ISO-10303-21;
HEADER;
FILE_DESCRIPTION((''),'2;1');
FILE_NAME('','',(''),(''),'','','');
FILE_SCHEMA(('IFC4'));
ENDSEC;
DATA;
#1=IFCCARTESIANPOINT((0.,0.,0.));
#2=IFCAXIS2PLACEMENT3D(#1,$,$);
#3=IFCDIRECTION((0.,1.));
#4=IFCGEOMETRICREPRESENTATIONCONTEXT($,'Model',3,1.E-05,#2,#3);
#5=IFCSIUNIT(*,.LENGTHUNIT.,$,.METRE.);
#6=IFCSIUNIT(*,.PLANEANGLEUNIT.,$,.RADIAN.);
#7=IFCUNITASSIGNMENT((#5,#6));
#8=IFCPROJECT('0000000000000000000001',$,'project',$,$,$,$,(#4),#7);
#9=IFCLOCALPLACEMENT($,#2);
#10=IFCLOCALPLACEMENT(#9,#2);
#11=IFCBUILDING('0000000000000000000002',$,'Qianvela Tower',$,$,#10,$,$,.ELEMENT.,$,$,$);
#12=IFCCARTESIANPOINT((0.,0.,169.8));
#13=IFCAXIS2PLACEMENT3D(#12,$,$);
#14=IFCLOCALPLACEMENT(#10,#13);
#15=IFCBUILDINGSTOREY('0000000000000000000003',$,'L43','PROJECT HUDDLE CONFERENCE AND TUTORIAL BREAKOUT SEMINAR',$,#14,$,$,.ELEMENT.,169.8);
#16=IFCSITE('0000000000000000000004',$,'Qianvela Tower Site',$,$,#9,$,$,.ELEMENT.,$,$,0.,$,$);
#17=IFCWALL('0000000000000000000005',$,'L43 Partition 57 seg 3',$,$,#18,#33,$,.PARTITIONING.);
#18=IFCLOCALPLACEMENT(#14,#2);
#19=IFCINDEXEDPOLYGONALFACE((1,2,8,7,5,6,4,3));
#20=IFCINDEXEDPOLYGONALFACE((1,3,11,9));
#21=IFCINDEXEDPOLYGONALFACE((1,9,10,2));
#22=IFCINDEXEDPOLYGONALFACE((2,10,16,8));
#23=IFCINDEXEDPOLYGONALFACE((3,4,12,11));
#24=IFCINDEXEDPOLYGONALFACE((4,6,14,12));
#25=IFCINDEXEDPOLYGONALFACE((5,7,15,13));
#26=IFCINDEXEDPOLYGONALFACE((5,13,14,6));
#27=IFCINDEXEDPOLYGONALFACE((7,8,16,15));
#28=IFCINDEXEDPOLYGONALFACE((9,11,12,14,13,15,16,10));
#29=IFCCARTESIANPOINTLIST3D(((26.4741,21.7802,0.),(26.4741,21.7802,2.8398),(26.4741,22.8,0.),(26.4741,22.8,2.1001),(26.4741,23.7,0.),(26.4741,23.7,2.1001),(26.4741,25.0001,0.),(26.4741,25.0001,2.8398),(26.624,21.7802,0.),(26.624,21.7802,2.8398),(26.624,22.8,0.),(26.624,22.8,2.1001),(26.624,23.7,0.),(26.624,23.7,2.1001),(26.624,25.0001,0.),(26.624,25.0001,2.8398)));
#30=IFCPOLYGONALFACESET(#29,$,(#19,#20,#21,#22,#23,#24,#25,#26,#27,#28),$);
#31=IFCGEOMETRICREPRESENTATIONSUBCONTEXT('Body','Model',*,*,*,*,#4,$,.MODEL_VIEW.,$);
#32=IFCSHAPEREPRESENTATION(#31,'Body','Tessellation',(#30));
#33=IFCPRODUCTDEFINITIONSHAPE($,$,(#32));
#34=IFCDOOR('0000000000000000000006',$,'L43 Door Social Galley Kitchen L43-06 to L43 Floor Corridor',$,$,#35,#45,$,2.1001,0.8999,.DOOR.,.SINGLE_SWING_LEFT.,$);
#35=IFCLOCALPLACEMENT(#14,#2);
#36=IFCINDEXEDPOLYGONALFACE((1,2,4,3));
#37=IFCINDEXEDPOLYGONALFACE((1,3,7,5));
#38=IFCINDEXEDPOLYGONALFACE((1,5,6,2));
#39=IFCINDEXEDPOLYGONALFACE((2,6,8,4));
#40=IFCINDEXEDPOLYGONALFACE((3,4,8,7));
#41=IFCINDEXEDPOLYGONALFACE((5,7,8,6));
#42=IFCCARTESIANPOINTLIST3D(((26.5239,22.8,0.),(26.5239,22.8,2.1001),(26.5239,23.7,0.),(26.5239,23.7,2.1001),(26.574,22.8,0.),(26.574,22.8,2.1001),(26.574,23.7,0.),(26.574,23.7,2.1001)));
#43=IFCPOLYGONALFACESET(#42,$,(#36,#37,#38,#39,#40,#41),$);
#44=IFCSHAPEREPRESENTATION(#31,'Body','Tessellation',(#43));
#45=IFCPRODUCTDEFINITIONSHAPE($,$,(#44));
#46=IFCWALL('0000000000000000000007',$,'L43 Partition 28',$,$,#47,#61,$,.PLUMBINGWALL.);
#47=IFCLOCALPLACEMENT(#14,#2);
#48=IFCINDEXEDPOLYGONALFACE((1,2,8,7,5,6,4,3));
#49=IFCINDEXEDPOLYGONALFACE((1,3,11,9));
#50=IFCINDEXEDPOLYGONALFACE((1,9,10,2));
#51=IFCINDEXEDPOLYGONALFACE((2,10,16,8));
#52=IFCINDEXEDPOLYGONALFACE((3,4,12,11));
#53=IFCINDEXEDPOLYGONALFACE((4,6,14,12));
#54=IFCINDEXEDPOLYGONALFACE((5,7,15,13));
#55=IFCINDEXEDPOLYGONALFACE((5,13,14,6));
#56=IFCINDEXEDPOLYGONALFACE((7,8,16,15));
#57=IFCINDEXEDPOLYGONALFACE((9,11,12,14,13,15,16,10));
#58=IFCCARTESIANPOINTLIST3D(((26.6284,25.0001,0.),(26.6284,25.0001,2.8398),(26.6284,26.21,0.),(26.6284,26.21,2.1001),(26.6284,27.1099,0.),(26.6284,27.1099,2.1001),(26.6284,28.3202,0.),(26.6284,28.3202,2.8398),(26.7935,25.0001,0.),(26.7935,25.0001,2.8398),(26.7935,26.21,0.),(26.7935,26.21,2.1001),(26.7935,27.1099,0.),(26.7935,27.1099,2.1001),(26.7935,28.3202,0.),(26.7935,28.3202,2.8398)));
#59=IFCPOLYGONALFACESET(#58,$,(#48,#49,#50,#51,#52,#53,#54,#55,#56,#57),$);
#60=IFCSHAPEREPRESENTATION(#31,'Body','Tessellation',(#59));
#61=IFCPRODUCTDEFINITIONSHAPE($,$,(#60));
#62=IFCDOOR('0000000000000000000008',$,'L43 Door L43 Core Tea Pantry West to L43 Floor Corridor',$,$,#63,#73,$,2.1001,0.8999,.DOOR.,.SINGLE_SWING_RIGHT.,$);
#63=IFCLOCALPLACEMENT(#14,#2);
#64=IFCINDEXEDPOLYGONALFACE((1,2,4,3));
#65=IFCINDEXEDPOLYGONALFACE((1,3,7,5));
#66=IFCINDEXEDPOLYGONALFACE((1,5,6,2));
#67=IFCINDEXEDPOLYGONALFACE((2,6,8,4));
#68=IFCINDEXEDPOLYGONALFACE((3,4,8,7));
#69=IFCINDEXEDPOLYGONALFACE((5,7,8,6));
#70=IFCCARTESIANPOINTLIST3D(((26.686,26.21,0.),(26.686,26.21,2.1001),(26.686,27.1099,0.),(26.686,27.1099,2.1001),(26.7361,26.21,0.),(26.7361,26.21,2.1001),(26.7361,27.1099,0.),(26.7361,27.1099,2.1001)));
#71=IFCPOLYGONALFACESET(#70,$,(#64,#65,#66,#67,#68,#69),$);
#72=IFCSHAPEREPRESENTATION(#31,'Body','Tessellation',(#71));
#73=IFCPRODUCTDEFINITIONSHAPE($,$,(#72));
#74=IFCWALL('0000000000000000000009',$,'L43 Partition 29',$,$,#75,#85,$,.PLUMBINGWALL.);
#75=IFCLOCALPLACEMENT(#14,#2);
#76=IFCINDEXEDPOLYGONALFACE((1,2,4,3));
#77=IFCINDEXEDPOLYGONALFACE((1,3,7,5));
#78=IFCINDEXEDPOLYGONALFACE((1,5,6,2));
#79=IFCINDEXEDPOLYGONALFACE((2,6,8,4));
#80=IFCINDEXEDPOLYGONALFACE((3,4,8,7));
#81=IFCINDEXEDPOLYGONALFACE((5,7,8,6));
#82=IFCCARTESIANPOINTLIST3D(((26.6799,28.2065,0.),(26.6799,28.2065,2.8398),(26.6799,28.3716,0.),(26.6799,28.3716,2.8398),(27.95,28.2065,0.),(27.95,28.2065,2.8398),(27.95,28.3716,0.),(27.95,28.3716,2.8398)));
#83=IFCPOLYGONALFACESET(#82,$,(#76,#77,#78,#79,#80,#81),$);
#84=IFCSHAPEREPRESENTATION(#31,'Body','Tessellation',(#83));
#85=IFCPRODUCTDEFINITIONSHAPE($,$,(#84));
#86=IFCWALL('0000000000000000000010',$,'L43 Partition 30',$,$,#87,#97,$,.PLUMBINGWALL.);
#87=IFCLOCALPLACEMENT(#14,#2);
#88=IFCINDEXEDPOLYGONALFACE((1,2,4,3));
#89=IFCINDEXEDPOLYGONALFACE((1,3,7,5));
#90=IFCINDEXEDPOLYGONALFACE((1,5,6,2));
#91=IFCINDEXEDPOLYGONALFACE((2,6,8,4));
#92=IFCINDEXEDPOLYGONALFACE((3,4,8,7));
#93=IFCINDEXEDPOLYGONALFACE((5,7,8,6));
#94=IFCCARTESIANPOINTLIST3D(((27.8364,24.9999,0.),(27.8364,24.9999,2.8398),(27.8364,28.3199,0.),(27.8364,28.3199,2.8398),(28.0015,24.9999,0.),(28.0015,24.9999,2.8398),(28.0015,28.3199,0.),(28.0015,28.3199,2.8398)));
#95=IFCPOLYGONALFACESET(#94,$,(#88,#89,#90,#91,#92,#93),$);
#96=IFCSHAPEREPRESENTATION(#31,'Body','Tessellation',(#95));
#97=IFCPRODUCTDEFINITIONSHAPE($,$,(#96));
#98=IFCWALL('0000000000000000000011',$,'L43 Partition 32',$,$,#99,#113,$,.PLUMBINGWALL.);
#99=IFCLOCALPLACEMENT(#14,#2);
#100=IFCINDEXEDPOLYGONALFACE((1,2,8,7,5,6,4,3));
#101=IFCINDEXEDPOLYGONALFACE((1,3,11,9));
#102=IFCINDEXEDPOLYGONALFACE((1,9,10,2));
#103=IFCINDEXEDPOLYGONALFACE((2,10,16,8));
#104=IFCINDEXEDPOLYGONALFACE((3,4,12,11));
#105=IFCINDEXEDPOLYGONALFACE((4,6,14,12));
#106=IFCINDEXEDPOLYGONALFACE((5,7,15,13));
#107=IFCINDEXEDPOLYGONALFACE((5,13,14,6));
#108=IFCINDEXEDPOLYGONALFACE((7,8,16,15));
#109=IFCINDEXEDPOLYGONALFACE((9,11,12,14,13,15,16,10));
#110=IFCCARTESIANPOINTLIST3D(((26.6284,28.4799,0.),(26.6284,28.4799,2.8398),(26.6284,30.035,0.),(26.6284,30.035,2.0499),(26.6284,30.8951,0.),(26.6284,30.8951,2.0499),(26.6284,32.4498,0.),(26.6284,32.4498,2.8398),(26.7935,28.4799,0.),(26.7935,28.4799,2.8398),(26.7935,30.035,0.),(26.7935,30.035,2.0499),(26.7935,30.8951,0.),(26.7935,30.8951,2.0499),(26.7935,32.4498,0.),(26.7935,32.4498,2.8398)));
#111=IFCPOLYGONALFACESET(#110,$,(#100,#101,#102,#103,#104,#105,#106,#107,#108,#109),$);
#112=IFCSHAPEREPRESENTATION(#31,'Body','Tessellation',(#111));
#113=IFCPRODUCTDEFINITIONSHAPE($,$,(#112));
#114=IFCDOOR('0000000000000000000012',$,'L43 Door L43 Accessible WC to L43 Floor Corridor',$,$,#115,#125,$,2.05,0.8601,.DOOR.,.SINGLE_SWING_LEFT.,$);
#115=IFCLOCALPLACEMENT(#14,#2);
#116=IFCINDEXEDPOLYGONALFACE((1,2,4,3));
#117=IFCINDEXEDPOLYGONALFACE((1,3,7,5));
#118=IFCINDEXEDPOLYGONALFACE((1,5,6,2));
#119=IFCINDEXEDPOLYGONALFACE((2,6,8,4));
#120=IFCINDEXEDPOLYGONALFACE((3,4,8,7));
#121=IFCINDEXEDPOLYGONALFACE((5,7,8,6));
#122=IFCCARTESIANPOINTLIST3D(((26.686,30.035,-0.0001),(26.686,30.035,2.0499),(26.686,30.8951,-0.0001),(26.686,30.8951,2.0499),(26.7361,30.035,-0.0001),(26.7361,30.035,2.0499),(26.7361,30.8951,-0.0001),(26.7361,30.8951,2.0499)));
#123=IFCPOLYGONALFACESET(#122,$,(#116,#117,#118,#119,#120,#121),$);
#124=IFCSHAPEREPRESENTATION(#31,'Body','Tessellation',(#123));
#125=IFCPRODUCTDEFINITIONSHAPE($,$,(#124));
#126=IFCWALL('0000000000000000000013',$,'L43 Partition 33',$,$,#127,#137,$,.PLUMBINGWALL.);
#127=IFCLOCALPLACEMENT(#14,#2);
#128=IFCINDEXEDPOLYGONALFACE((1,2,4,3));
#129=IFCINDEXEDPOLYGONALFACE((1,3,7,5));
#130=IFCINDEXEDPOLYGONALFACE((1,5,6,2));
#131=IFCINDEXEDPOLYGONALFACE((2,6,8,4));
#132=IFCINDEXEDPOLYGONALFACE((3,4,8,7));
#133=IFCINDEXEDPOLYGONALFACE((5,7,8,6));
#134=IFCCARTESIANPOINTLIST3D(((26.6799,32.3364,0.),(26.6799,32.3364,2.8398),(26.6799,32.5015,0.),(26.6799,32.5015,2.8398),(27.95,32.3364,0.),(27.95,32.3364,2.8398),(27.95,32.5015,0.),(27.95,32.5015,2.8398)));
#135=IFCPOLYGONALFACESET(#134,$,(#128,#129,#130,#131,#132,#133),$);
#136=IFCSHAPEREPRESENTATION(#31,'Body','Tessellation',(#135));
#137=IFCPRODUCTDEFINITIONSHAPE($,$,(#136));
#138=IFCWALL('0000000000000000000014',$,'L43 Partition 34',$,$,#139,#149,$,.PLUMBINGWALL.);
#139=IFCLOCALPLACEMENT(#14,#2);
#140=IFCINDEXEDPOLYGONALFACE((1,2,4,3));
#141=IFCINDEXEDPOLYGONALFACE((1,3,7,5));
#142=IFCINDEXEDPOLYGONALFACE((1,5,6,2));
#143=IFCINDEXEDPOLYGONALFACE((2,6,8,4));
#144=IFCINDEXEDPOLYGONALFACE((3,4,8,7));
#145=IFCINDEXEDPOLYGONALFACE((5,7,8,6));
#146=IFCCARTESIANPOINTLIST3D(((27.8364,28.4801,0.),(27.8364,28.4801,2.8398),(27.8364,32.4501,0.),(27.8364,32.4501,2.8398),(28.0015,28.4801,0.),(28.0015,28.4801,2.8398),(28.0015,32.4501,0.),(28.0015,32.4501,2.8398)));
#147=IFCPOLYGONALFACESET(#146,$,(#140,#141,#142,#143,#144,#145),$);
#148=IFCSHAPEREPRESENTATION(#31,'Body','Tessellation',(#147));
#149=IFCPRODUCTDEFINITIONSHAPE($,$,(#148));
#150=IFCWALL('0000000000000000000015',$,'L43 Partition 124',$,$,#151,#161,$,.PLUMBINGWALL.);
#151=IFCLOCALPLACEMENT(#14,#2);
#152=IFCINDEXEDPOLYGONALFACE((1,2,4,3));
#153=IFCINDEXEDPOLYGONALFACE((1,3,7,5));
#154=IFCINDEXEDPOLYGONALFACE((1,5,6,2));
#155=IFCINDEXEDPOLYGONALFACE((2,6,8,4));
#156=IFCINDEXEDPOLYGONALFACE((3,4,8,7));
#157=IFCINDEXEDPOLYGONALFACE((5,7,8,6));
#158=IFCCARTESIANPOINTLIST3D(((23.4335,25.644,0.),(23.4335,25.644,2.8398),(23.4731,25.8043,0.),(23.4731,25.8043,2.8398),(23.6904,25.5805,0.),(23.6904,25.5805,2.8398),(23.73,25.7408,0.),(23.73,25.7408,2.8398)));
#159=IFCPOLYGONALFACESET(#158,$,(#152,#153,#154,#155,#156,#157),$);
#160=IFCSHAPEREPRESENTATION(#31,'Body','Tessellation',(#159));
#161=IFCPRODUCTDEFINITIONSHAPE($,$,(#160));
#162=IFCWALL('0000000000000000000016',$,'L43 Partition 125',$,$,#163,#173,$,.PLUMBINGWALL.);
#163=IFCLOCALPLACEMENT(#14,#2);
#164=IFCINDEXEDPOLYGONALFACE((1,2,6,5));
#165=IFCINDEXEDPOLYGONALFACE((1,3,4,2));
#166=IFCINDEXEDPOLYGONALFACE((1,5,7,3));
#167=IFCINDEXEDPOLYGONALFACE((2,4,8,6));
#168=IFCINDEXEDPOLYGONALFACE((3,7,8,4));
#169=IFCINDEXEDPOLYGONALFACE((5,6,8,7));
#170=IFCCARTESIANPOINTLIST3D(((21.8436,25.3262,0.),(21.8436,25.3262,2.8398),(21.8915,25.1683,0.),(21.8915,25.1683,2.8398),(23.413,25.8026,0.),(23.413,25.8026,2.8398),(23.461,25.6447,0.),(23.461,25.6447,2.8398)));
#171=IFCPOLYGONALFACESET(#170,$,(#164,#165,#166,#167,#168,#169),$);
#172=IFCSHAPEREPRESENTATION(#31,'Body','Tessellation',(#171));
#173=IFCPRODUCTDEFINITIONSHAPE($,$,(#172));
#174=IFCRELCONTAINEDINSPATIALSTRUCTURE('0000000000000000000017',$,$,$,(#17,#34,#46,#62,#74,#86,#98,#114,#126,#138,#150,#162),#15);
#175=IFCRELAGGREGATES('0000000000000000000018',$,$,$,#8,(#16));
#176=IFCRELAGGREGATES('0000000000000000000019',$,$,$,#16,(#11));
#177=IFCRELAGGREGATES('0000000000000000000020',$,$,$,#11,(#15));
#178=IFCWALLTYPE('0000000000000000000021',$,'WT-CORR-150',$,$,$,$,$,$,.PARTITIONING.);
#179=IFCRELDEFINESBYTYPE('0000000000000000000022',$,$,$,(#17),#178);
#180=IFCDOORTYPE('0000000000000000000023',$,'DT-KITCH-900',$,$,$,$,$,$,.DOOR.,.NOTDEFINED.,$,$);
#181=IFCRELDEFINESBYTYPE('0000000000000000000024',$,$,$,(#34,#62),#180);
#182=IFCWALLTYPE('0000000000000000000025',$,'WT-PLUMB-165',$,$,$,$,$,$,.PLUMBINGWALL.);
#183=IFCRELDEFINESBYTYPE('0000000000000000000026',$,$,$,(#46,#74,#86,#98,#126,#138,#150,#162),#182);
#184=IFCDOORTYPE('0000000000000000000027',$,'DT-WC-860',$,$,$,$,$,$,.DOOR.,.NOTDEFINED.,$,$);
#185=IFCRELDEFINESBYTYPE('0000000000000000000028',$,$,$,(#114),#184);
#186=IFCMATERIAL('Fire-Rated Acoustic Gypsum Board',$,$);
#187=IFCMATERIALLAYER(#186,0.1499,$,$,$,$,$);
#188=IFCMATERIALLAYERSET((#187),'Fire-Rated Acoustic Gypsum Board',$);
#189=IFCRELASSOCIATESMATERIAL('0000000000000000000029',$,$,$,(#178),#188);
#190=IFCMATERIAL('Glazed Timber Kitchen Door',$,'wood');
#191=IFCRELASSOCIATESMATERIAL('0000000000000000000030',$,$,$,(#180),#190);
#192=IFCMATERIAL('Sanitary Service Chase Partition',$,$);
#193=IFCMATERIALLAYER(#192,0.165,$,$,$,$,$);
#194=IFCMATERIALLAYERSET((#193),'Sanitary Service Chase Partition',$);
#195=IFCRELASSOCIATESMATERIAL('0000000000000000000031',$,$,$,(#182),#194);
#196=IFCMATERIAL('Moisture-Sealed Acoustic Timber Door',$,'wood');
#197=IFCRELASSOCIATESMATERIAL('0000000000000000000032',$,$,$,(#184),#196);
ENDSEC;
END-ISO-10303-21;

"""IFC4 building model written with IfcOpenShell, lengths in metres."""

from ifc_helpers import new_model, si_unit, direction, frame, frame_2d, origin, place, context, subcontext, project, spatial, rectangle, extrude, material, layer, layer_set, type_object, element, fill, save


model = new_model("IFC4")

# Units and contexts
model_context = context("Model", 3, precision=1e-05, world=origin(), true_north=direction((0.0, 1.0)))
body_context = subcontext(model_context, "Body", "Model", "MODEL_VIEW")
ifc_project = project(units=[si_unit("LENGTHUNIT", "METRE"), si_unit("PLANEANGLEUNIT", "RADIAN")], contexts=[model_context])

# Site, building, storey
site_placement = place(None, origin())
site = spatial("IfcSite", under=ifc_project, at=site_placement, Name="Qianvela Tower Site", CompositionType="ELEMENT", RefElevation=0.0)
building_placement = place(site_placement, origin())
building = spatial("IfcBuilding", under=site, at=building_placement, Name="Qianvela Tower", CompositionType="ELEMENT")
storey_placement = place(building_placement, frame((0.0, 0.0, 169.8)))
storey = spatial("IfcBuildingStorey", under=building, at=storey_placement, Name="L43", Description="PROJECT HUDDLE CONFERENCE AND TUTORIAL BREAKOUT SEMINAR", CompositionType="ELEMENT", Elevation=169.8)

# Shared definitions
ifc_material_1 = material(Name="Fire-Rated Acoustic Gypsum Board")
ifc_layer_1 = layer(ifc_material_1, 0.1499)
ifc_layer_set_1 = layer_set([ifc_layer_1], Name="Fire-Rated Acoustic Gypsum Board")
wall_type_1 = type_object("IfcWallType", Name="WT-CORR-150", PredefinedType="PARTITIONING", material=ifc_layer_set_1)

# Walls, openings, doors
ifc_material_2 = material(Name="Glazed Timber Kitchen Door", Category="wood")
door_type_1 = type_object("IfcDoorType", Name="DT-KITCH-900", OperationType="NOTDEFINED", PredefinedType="DOOR", material=ifc_material_2)
wall_1_placement = place(storey_placement, frame((26.5491, 25.0, 0.0), z_axis=(0.0, 0.0, 1.0), x_axis=(0.0, -1.0, 0.0)))
wall_1 = element("IfcWall", 1, at=wall_1_placement, inside=storey, type_object=wall_type_1, Name="L43 Partition 57 seg 3", PredefinedType="PARTITIONING", context=body_context, shape_type="SweptSolid", body=[
    extrude(rectangle(XDim=3.22, YDim=0.1499, at=frame_2d((1.6099, 0.0))), origin(), (0.0, 0.0, 1.0), 2.8398),
])
opening_1_placement = place(wall_1_placement, frame((1.3, 0.0, 0.0)))
opening_1 = element("IfcOpeningElement", 2, at=opening_1_placement, cuts=wall_1, PredefinedType="OPENING", context=body_context, shape_type="SweptSolid", body=[
    extrude(rectangle(XDim=0.8999, YDim=2.1001, at=frame_2d((0.45, 1.05))), frame((0.0, 0.085, 0.0), z_axis=(0.0, -1.0, 0.0), x_axis=(1.0, 0.0, 0.0)), (0.0, 0.0, 1.0), 0.1699),
])
door_1_placement = place(opening_1_placement, origin())
door_1 = element("IfcDoor", 3, at=door_1_placement, inside=storey, type_object=door_type_1, Name="L43 Door Social Galley Kitchen L43-06 to L43 Floor Corridor", OperationType="SINGLE_SWING_LEFT", OverallHeight=2.1001, OverallWidth=0.8999, PredefinedType="DOOR", context=body_context, shape_type="SweptSolid", body=[
    extrude(rectangle(XDim=0.8999, YDim=2.1001, at=frame_2d((0.45, 1.05))), frame((0.0, 0.0249, 0.0), z_axis=(0.0, -1.0, 0.0), x_axis=(1.0, 0.0, 0.0)), (0.0, 0.0, 1.0), 0.05),
])
fill(opening_1, door_1)
ifc_material_3 = material(Name="Sanitary Service Chase Partition")
ifc_layer_2 = layer(ifc_material_3, 0.165)
ifc_layer_set_2 = layer_set([ifc_layer_2], Name="Sanitary Service Chase Partition")
wall_type_2 = type_object("IfcWallType", Name="WT-PLUMB-165", PredefinedType="PLUMBINGWALL", material=ifc_layer_set_2)
wall_2_placement = place(storey_placement, frame((26.7109, 25.0, 0.0), z_axis=(0.0, 0.0, 1.0), x_axis=(0.0, 1.0, 0.0)))
wall_2 = element("IfcWall", 4, at=wall_2_placement, inside=storey, type_object=wall_type_2, Name="L43 Partition 28", PredefinedType="PLUMBINGWALL", context=body_context, shape_type="SweptSolid", body=[
    extrude(rectangle(XDim=3.3201, YDim=0.165, at=frame_2d((1.6602, 0.0))), origin(), (0.0, 0.0, 1.0), 2.8398),
])
opening_2_placement = place(wall_2_placement, frame((1.21, 0.0, 0.0)))
opening_2 = element("IfcOpeningElement", 5, at=opening_2_placement, cuts=wall_2, PredefinedType="OPENING", context=body_context, shape_type="SweptSolid", body=[
    extrude(rectangle(XDim=0.8999, YDim=2.1001, at=frame_2d((0.45, 1.05))), frame((0.0, 0.0925, 0.0), z_axis=(0.0, -1.0, 0.0), x_axis=(1.0, 0.0, 0.0)), (0.0, 0.0, 1.0), 0.1851),
])
door_2_placement = place(opening_2_placement, origin())
door_2 = element("IfcDoor", 6, at=door_2_placement, inside=storey, type_object=door_type_1, Name="L43 Door L43 Core Tea Pantry West to L43 Floor Corridor", OperationType="SINGLE_SWING_RIGHT", OverallHeight=2.1001, OverallWidth=0.8999, PredefinedType="DOOR", context=body_context, shape_type="SweptSolid", body=[
    extrude(rectangle(XDim=0.8999, YDim=2.1001, at=frame_2d((0.45, 1.05))), frame((0.0, 0.0249, 0.0), z_axis=(0.0, -1.0, 0.0), x_axis=(1.0, 0.0, 0.0)), (0.0, 0.0, 1.0), 0.05),
])
fill(opening_2, door_2)

# Walls
wall_3_placement = place(storey_placement, frame((26.6799, 28.2891, 0.0), z_axis=(0.0, 0.0, 1.0), x_axis=(1.0, 0.0, 0.0)))
element("IfcWall", 7, at=wall_3_placement, inside=storey, type_object=wall_type_2, Name="L43 Partition 29", PredefinedType="PLUMBINGWALL", context=body_context, shape_type="SweptSolid", body=[
    extrude(rectangle(XDim=1.27, YDim=0.165, at=frame_2d((0.635, 0.0))), origin(), (0.0, 0.0, 1.0), 2.8398),
])
wall_4_placement = place(storey_placement, frame((27.9189, 28.3201, 0.0), z_axis=(0.0, 0.0, 1.0), x_axis=(0.0, -1.0, 0.0)))
element("IfcWall", 8, at=wall_4_placement, inside=storey, type_object=wall_type_2, Name="L43 Partition 30", PredefinedType="PLUMBINGWALL", context=body_context, shape_type="SweptSolid", body=[
    extrude(rectangle(XDim=3.3201, YDim=0.165, at=frame_2d((1.6602, 0.0))), origin(), (0.0, 0.0, 1.0), 2.8398),
])

# Wall, opening, door
wall_5_placement = place(storey_placement, frame((26.7109, 28.48, 0.0), z_axis=(0.0, 0.0, 1.0), x_axis=(0.0, 1.0, 0.0)))
wall_5 = element("IfcWall", 9, at=wall_5_placement, inside=storey, type_object=wall_type_2, Name="L43 Partition 32", PredefinedType="PLUMBINGWALL", context=body_context, shape_type="SweptSolid", body=[
    extrude(rectangle(XDim=3.97, YDim=0.165, at=frame_2d((1.9849, 0.0))), origin(), (0.0, 0.0, 1.0), 2.8398),
])
opening_3_placement = place(wall_5_placement, frame((1.5549, 0.0, 0.0)))
opening_3 = element("IfcOpeningElement", 10, at=opening_3_placement, cuts=wall_5, PredefinedType="OPENING", context=body_context, shape_type="SweptSolid", body=[
    extrude(rectangle(XDim=0.8601, YDim=2.05, at=frame_2d((0.4302, 1.0249))), frame((0.0, 0.0925, 0.0), z_axis=(0.0, -1.0, 0.0), x_axis=(1.0, 0.0, 0.0)), (0.0, 0.0, 1.0), 0.1851),
])
ifc_material_4 = material(Name="Moisture-Sealed Acoustic Timber Door", Category="wood")
door_type_2 = type_object("IfcDoorType", Name="DT-WC-860", OperationType="NOTDEFINED", PredefinedType="DOOR", material=ifc_material_4)
door_3_placement = place(opening_3_placement, origin())
door_3 = element("IfcDoor", 11, at=door_3_placement, inside=storey, type_object=door_type_2, Name="L43 Door L43 Accessible WC to L43 Floor Corridor", OperationType="SINGLE_SWING_LEFT", OverallHeight=2.05, OverallWidth=0.8601, PredefinedType="DOOR", context=body_context, shape_type="SweptSolid", body=[
    extrude(rectangle(XDim=0.8601, YDim=2.05, at=frame_2d((0.4302, 1.0249))), frame((0.0, 0.0249, 0.0), z_axis=(0.0, -1.0, 0.0), x_axis=(1.0, 0.0, 0.0)), (0.0, 0.0, 1.0), 0.05),
])
fill(opening_3, door_3)

# Walls
wall_6_placement = place(storey_placement, frame((26.6799, 32.4189, 0.0), z_axis=(0.0, 0.0, 1.0), x_axis=(1.0, 0.0, 0.0)))
element("IfcWall", 12, at=wall_6_placement, inside=storey, type_object=wall_type_2, Name="L43 Partition 33", PredefinedType="PLUMBINGWALL", context=body_context, shape_type="SweptSolid", body=[
    extrude(rectangle(XDim=1.27, YDim=0.165, at=frame_2d((0.635, 0.0))), origin(), (0.0, 0.0, 1.0), 2.8398),
])
wall_7_placement = place(storey_placement, frame((27.9189, 32.45, 0.0), z_axis=(0.0, 0.0, 1.0), x_axis=(0.0, -1.0, 0.0)))
element("IfcWall", 13, at=wall_7_placement, inside=storey, type_object=wall_type_2, Name="L43 Partition 34", PredefinedType="PLUMBINGWALL", context=body_context, shape_type="SweptSolid", body=[
    extrude(rectangle(XDim=3.97, YDim=0.165, at=frame_2d((1.9849, 0.0))), origin(), (0.0, 0.0, 1.0), 2.8398),
])
wall_8_placement = place(storey_placement, frame((23.7102, 25.6606, 0.0), z_axis=(0.0, 0.0, 1.0), x_axis=(-0.97079, 0.239929, 0.0)))
element("IfcWall", 14, at=wall_8_placement, inside=storey, type_object=wall_type_2, Name="L43 Partition 124", PredefinedType="PLUMBINGWALL", context=body_context, shape_type="SweptSolid", body=[
    extrude(rectangle(XDim=0.2646, YDim=0.165, at=frame_2d((0.1323, 0.0))), origin(), (0.0, 0.0, 1.0), 2.8398),
])
wall_9_placement = place(storey_placement, frame((23.437, 25.7236, 0.0), z_axis=(0.0, 0.0, 1.0), x_axis=(-0.956895, -0.290433, 0.0)))
element("IfcWall", 15, at=wall_9_placement, inside=storey, type_object=wall_type_2, Name="L43 Partition 125", PredefinedType="PLUMBINGWALL", context=body_context, shape_type="SweptSolid", body=[
    extrude(rectangle(XDim=1.6401, YDim=0.165, at=frame_2d((0.8201, 0.0))), origin(), (0.0, 0.0, 1.0), 2.8398),
])

save(model, "model.ifc")
